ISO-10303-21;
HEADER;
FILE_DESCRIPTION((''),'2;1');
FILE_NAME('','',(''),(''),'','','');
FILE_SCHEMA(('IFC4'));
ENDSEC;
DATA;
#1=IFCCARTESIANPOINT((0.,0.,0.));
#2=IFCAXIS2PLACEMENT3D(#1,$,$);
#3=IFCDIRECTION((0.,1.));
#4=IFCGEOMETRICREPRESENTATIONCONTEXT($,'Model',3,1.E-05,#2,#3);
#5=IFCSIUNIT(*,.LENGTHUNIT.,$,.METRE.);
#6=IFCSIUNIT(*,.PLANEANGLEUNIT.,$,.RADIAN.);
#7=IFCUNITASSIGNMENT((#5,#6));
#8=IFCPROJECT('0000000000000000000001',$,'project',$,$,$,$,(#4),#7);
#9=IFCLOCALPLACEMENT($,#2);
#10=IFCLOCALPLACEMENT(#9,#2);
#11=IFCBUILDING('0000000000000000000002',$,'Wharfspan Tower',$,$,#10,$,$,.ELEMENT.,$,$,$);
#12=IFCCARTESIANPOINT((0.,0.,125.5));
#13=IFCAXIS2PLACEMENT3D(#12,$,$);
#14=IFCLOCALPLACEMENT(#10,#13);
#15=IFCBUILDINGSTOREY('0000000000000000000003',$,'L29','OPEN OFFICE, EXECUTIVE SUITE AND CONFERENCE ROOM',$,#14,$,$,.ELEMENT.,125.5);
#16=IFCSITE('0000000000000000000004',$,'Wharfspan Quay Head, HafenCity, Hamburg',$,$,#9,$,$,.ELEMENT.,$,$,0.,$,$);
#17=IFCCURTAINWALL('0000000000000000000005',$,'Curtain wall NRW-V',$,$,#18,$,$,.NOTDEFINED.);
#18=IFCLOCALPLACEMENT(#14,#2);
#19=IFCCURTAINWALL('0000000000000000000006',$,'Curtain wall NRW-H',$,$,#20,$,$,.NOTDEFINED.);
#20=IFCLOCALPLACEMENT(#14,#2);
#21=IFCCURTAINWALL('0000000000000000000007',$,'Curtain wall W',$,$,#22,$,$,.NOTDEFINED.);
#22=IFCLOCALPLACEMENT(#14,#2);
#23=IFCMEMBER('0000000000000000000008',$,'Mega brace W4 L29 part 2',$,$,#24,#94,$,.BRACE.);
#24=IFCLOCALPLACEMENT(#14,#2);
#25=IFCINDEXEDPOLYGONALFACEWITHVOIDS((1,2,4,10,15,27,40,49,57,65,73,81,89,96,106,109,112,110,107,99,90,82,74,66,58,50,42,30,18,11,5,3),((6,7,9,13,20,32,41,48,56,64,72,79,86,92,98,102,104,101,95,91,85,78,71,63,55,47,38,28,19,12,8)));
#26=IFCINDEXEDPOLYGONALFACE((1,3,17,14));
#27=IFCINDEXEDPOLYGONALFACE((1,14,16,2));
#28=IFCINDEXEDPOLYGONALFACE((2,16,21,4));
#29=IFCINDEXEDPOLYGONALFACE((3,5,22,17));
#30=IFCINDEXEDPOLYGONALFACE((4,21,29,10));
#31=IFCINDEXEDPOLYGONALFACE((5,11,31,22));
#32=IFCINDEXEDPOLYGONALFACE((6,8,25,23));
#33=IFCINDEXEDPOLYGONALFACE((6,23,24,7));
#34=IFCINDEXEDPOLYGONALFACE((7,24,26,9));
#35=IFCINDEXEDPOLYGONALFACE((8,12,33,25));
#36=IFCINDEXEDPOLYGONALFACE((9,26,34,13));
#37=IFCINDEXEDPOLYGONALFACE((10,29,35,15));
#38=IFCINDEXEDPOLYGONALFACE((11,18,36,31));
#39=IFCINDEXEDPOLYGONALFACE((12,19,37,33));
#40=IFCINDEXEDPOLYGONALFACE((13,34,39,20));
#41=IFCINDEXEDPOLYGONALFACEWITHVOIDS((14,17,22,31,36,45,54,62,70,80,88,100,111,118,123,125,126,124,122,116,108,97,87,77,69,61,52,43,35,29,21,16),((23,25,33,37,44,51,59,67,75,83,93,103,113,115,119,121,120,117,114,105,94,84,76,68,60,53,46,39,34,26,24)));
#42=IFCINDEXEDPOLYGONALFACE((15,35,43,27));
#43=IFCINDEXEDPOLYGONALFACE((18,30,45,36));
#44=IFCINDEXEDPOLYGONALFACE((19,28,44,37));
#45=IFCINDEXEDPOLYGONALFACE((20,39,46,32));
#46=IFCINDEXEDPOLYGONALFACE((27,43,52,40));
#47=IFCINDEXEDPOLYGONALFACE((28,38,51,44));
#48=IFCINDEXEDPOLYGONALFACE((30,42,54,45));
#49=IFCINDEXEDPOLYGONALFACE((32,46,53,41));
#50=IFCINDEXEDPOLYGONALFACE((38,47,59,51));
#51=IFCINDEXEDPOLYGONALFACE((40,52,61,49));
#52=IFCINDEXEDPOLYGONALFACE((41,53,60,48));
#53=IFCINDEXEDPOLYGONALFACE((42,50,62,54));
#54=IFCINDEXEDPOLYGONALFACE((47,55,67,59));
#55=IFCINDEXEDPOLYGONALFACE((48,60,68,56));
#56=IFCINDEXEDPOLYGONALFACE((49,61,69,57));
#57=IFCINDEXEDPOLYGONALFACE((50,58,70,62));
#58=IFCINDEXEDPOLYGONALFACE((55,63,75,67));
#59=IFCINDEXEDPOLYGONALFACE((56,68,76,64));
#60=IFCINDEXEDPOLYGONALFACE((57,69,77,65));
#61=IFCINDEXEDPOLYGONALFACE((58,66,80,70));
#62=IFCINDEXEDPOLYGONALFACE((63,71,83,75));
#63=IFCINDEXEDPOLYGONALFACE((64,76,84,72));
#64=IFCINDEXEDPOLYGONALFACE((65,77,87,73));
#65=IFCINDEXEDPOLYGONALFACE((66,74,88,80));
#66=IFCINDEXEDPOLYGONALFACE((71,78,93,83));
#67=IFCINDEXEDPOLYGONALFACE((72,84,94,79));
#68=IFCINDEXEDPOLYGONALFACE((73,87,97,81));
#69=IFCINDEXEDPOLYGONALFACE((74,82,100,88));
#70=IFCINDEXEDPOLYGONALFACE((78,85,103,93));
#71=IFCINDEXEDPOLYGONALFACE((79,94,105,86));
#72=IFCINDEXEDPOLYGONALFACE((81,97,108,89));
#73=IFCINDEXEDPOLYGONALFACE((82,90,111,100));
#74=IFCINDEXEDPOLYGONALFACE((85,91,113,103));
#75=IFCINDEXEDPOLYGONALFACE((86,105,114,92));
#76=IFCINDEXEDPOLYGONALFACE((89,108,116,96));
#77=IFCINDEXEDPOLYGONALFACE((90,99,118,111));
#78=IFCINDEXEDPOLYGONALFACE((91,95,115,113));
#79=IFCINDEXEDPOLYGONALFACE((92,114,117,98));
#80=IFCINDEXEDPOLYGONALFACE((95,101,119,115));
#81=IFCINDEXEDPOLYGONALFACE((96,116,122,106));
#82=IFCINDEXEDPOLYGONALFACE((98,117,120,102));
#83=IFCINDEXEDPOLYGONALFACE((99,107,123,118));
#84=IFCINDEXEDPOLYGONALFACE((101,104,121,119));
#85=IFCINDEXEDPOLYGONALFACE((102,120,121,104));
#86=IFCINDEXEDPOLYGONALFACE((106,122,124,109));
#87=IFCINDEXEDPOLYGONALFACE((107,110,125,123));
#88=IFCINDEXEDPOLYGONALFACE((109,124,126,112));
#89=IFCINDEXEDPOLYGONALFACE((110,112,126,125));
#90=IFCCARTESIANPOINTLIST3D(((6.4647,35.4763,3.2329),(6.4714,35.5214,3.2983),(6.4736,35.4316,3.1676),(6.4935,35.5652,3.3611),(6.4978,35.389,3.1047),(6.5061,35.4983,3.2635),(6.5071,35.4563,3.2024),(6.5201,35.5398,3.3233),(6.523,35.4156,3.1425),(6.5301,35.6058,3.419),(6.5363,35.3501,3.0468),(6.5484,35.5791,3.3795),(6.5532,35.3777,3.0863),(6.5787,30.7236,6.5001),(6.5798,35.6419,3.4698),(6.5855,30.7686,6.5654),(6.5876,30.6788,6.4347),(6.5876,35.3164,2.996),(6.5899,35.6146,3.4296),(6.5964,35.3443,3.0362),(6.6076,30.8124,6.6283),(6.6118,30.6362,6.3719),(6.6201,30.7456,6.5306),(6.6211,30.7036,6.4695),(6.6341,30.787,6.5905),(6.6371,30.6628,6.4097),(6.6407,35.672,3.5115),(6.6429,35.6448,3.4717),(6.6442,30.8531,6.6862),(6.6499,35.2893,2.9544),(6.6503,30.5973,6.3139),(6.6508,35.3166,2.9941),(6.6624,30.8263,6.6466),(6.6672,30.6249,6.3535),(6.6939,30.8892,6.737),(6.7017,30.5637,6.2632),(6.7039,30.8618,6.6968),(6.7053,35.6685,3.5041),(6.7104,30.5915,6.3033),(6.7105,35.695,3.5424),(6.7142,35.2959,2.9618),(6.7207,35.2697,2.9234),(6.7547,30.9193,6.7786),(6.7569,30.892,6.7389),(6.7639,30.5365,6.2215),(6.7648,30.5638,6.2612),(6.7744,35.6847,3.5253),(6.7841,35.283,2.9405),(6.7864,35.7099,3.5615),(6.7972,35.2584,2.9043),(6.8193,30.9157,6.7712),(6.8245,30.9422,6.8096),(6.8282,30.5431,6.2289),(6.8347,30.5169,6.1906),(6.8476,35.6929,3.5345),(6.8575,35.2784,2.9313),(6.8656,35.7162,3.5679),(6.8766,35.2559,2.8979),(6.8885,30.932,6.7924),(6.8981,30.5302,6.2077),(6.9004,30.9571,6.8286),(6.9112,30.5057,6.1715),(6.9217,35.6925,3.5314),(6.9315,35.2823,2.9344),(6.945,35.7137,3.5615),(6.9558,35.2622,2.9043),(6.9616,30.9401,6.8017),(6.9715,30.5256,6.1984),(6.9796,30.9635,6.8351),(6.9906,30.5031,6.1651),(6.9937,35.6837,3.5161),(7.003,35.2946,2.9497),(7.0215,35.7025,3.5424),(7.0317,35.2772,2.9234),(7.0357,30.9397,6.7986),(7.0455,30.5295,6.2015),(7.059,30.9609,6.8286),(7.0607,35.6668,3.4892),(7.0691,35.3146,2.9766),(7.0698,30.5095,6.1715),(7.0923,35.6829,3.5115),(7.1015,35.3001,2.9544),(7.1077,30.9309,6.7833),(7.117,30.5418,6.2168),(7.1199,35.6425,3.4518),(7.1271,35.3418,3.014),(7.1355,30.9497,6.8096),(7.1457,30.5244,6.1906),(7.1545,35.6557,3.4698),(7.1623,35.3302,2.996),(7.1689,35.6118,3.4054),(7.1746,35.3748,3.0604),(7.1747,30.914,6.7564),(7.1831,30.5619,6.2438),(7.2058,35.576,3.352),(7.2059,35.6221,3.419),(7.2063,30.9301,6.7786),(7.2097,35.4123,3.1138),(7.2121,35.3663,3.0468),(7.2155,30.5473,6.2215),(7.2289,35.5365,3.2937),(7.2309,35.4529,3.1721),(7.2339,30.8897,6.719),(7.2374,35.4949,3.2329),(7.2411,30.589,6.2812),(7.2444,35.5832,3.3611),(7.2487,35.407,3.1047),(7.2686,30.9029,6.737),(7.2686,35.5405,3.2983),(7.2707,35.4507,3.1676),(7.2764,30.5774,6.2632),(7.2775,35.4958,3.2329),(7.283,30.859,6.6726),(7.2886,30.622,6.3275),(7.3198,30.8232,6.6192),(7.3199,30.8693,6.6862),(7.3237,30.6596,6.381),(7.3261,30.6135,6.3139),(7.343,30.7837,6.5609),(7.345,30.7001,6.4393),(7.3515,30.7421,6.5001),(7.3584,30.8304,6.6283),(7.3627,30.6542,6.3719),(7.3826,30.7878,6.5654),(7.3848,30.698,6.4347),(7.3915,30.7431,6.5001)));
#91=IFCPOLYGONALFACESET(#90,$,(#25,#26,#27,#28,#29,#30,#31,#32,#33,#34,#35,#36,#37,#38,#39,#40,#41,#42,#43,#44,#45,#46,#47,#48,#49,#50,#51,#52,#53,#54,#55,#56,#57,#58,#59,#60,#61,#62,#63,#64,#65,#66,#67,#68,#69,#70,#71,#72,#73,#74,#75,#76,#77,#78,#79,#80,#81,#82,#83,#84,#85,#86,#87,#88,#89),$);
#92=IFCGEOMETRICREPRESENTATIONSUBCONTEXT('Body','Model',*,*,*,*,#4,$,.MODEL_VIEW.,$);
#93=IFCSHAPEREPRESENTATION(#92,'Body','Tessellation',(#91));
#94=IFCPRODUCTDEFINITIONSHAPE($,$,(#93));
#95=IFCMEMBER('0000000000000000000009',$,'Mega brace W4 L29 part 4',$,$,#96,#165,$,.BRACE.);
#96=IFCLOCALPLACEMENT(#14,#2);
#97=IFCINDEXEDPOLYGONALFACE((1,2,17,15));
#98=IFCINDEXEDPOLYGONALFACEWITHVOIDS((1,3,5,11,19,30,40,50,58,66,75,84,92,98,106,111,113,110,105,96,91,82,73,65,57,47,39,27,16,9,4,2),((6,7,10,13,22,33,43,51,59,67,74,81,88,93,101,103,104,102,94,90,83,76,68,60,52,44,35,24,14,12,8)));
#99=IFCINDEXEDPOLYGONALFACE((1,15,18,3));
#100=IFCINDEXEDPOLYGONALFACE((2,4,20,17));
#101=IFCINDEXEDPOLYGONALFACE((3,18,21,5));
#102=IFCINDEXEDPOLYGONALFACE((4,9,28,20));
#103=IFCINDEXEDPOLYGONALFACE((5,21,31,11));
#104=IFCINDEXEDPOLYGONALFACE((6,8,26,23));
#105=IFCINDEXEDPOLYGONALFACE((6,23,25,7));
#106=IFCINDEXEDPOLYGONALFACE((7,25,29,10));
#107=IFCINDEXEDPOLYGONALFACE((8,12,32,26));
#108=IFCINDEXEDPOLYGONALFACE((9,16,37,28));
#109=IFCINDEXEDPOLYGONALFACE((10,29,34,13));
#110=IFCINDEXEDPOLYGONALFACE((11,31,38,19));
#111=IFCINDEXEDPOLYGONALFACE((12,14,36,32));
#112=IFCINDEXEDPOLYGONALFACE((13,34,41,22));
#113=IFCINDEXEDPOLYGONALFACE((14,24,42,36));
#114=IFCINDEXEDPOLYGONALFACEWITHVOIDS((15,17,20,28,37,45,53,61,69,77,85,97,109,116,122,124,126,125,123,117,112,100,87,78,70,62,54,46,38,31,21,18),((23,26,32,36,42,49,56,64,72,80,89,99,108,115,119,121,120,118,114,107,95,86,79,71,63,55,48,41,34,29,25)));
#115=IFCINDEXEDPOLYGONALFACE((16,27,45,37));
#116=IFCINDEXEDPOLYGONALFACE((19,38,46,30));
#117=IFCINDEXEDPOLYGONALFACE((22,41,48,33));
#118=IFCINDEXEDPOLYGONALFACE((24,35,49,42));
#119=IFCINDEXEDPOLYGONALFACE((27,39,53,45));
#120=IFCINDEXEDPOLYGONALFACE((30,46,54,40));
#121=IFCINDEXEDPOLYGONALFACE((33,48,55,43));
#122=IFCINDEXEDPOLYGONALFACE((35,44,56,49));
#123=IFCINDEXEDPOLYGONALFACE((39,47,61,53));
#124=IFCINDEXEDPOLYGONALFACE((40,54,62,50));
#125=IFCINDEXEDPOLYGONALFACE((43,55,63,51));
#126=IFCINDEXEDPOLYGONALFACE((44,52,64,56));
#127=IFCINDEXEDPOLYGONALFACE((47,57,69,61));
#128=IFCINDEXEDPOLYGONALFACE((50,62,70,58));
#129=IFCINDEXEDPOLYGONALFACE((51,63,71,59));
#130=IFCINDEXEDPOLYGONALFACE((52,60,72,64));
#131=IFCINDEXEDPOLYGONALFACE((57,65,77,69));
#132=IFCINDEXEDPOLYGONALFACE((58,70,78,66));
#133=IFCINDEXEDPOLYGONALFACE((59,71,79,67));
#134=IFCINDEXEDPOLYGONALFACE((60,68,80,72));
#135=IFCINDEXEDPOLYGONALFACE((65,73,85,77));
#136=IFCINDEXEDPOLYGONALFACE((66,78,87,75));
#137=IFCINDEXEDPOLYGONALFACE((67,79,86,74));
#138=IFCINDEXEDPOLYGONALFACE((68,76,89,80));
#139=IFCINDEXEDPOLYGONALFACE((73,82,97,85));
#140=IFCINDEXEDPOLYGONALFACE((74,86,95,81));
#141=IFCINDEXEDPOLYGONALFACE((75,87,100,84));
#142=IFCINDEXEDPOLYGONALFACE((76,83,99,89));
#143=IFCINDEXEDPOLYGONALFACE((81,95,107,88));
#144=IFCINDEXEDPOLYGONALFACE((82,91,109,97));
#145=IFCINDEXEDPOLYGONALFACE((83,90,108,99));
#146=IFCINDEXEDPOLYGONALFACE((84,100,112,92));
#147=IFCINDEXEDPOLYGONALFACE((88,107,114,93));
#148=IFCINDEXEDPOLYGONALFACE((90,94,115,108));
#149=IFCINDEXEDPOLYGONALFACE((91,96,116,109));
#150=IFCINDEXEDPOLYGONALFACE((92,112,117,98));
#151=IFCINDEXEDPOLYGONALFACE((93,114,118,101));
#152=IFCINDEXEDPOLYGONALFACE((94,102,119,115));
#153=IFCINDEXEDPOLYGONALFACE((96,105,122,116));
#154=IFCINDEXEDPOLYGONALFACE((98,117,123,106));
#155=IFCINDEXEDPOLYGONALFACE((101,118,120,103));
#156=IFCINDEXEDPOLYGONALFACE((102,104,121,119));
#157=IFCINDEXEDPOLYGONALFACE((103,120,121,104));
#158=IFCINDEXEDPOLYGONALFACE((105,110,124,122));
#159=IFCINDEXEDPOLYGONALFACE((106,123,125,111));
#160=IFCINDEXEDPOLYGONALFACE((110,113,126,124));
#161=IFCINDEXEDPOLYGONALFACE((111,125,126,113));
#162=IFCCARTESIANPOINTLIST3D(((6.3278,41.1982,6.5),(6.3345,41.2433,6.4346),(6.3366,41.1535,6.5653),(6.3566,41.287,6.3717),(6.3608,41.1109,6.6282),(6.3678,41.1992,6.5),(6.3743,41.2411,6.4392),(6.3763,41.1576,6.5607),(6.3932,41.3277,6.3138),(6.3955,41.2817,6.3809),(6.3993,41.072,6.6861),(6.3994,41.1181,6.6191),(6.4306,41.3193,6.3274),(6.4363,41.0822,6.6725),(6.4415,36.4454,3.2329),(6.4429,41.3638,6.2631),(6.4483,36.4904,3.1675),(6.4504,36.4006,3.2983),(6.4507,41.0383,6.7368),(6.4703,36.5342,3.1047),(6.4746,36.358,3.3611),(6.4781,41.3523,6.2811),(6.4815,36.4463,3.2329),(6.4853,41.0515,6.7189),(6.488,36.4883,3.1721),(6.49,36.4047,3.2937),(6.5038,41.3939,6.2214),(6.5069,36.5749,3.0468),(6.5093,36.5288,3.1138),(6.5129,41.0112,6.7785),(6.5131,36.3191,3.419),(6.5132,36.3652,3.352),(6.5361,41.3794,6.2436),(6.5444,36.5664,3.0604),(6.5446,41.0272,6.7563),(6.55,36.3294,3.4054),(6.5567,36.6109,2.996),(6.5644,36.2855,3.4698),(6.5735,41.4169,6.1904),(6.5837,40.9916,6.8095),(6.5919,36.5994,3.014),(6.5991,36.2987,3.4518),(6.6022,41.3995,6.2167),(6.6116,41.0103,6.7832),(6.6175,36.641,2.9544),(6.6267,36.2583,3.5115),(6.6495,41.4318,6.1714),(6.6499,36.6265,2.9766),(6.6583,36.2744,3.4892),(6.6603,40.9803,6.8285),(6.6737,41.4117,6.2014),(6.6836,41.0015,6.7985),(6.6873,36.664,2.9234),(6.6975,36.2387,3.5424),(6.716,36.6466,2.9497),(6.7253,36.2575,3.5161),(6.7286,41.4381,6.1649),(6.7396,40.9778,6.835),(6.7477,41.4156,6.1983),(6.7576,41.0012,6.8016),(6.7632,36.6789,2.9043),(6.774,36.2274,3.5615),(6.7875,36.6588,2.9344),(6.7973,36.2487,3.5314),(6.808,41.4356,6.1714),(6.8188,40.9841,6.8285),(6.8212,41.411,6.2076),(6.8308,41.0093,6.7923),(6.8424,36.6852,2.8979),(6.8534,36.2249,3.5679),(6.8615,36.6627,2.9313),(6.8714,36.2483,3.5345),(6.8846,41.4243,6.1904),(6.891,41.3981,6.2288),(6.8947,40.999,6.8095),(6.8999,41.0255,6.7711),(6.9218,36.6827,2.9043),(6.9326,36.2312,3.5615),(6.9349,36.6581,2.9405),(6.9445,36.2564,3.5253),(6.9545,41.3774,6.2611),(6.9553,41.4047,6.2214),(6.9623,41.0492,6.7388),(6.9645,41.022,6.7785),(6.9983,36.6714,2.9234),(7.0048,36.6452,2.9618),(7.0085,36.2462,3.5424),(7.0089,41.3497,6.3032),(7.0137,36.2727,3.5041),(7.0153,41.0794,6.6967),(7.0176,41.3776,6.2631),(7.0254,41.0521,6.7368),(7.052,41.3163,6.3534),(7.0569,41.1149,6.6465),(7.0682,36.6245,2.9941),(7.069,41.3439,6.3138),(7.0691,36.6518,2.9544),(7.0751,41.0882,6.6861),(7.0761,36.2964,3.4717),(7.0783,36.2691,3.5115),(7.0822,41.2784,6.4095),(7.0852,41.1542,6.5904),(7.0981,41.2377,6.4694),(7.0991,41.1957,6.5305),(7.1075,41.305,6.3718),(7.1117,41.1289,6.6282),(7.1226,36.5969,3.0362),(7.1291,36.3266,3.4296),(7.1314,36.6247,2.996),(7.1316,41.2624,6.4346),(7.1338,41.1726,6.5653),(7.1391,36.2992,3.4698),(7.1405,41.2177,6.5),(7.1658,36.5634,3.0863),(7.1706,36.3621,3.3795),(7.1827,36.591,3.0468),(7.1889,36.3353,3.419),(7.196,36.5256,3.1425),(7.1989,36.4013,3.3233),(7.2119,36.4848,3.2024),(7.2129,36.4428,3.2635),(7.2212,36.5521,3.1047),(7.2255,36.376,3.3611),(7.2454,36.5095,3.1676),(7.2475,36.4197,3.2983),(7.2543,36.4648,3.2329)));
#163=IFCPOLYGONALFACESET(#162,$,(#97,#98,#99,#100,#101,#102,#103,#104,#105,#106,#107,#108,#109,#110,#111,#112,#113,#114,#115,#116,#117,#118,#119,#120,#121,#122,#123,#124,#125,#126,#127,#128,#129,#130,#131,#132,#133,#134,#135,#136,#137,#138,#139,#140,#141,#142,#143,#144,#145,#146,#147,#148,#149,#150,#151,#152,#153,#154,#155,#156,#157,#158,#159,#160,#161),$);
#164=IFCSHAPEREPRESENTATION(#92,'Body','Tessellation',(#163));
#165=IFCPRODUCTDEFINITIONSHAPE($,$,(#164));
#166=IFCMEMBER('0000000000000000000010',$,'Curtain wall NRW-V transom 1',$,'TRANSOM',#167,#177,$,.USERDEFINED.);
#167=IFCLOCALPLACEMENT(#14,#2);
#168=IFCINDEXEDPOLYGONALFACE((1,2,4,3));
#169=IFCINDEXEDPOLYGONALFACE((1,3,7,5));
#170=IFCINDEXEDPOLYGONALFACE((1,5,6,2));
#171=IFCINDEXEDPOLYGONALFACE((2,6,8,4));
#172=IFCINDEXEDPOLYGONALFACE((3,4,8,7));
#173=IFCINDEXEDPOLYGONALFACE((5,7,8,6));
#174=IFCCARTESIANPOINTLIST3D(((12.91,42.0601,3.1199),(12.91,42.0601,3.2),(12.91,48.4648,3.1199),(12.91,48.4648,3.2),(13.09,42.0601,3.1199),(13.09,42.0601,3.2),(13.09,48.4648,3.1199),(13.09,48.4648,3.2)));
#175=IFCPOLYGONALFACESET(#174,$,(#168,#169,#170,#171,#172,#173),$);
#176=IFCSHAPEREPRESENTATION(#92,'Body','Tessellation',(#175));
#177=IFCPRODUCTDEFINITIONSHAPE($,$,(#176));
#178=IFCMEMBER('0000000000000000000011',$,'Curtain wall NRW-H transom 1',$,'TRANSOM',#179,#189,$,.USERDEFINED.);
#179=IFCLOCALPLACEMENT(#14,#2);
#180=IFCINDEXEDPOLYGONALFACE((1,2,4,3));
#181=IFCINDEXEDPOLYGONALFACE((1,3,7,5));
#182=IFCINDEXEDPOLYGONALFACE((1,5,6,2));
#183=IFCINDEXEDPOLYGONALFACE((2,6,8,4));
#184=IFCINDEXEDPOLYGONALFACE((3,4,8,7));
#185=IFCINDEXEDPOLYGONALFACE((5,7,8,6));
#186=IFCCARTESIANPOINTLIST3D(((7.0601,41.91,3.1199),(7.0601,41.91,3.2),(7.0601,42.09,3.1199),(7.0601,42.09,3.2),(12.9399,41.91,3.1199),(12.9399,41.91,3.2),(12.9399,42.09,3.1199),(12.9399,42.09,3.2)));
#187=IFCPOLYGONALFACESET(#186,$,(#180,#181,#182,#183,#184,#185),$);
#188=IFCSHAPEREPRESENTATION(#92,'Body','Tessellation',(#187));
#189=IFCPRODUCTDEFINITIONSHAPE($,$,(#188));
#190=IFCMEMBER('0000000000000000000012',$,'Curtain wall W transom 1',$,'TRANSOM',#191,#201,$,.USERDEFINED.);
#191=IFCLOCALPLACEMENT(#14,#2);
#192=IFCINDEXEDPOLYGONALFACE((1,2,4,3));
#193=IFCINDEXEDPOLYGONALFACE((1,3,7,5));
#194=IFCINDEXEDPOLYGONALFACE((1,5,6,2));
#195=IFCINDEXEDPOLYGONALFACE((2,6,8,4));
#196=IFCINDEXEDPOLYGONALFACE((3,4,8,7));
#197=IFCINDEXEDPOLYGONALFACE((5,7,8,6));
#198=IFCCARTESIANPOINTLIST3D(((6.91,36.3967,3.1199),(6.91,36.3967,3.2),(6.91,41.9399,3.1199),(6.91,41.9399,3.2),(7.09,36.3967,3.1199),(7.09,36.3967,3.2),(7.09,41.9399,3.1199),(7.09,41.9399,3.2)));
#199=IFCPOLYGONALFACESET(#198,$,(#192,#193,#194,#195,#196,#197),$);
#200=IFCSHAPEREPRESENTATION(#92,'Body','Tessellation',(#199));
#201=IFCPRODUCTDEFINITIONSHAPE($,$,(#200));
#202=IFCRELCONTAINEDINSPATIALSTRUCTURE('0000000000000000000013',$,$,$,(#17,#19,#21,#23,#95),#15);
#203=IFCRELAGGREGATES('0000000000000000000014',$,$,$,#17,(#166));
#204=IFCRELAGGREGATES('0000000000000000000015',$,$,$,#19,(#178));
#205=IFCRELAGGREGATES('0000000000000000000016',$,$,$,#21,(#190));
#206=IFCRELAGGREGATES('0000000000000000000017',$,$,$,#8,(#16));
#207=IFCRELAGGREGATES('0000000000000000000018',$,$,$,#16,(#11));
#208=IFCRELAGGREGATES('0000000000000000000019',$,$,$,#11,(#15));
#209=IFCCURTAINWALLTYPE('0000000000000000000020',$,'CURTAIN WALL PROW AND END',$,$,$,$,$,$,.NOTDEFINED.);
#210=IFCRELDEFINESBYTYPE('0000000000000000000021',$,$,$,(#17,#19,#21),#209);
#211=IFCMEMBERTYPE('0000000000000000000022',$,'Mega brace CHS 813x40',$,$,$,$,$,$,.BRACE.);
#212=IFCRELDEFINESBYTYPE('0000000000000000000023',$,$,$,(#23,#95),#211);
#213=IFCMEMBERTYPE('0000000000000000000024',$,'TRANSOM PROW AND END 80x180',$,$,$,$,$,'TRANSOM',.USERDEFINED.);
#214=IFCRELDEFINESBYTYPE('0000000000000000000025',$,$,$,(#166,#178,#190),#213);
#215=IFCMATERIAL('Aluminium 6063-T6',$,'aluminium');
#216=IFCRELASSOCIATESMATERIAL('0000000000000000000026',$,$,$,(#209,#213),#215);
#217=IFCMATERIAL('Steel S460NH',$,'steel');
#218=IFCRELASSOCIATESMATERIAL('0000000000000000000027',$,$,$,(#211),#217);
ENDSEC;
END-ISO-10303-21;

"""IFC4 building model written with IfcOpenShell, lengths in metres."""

from ifc_helpers import new_model, si_unit, direction, frame, origin, origin_2d, place, context, subcontext, project, spatial, rectangle, hollow_circle, extrude, material, material_profile, profile_set, type_object, element, aggregate, save


model = new_model("IFC4")

# Units and contexts
model_context = context("Model", 3, precision=1e-05, world=origin(), true_north=direction((0.0, 1.0)))
body_context = subcontext(model_context, "Body", "Model", "MODEL_VIEW")
ifc_project = project(units=[si_unit("LENGTHUNIT", "METRE"), si_unit("PLANEANGLEUNIT", "RADIAN")], contexts=[model_context])

# Site, building, storey
site_placement = place(None, origin())
site = spatial("IfcSite", under=ifc_project, at=site_placement, Name="Wharfspan Quay Head, HafenCity, Hamburg", CompositionType="ELEMENT", RefElevation=0.0)
building_placement = place(site_placement, origin())
building = spatial("IfcBuilding", under=site, at=building_placement, Name="Wharfspan Tower", CompositionType="ELEMENT")
storey_placement = place(building_placement, frame((0.0, 0.0, 125.5)))
storey = spatial("IfcBuildingStorey", under=building, at=storey_placement, Name="L29", Description="OPEN OFFICE, EXECUTIVE SUITE AND CONFERENCE ROOM", CompositionType="ELEMENT", Elevation=125.5)

# Curtain walls
ifc_material_1 = material(Name="Aluminium 6063-T6", Category="aluminium")
curtain_wall_type = type_object("IfcCurtainWallType", Name="CURTAIN WALL PROW AND END", PredefinedType="NOTDEFINED", material=ifc_material_1)
curtain_wall_1_placement = place(storey_placement, origin())
curtain_wall_1 = element("IfcCurtainWall", 1, at=curtain_wall_1_placement, inside=storey, type_object=curtain_wall_type, Name="Curtain wall NRW-V", PredefinedType="NOTDEFINED")
curtain_wall_2_placement = place(storey_placement, origin())
curtain_wall_2 = element("IfcCurtainWall", 2, at=curtain_wall_2_placement, inside=storey, type_object=curtain_wall_type, Name="Curtain wall NRW-H", PredefinedType="NOTDEFINED")
curtain_wall_3_placement = place(storey_placement, origin())
curtain_wall_3 = element("IfcCurtainWall", 3, at=curtain_wall_3_placement, inside=storey, type_object=curtain_wall_type, Name="Curtain wall W", PredefinedType="NOTDEFINED")

# Members
ifc_material_2 = material(Name="Steel S460NH", Category="steel")
ifc_material_profile_1 = material_profile(ifc_material_2, hollow_circle(Radius=0.4065, WallThickness=0.04, at=origin_2d()))
ifc_profile_set_1 = profile_set([ifc_material_profile_1], Name="Steel S460NH")
member_type_1 = type_object("IfcMemberType", Name="Mega brace CHS 813x40", PredefinedType="BRACE", material=ifc_profile_set_1)
for number, where, z_axis, x_axis, name in (
    (4, (6.8711, 35.4861, 3.2329), (0.019765, -0.823912, 0.566373), (0.999715, 0.023981, -0.000002), "Mega brace W4 L29 part 2"),
    (5, (6.8479, 36.4551, 3.2329), (-0.019722, 0.823926, 0.566354), (-0.999713, -0.023927, -0.000004), "Mega brace W4 L29 part 4"),
):
    element("IfcMember", number, at=place(storey_placement, frame(where, z_axis=z_axis, x_axis=x_axis)), inside=storey, type_object=member_type_1, Name=name, PredefinedType="BRACE", context=body_context, shape_type="SweptSolid", body=[
        extrude(hollow_circle(Radius=0.4065, WallThickness=0.04, at=origin_2d()), origin(), (0.0, 0.0, 1.0), 5.7686),
    ])

# Members
ifc_material_profile_2 = material_profile(ifc_material_1, rectangle(XDim=0.1799, YDim=0.0801, at=origin_2d()))
ifc_profile_set_2 = profile_set([ifc_material_profile_2], Name="Aluminium 6063-T6")
member_type_2 = type_object("IfcMemberType", Name="TRANSOM PROW AND END 80x180", ElementType="TRANSOM", PredefinedType="USERDEFINED", material=ifc_profile_set_2)
member_1_placement = place(storey_placement, frame((13.0, 48.4648, 3.1599), z_axis=(0.0, -1.0, 0.0), x_axis=(1.0, 0.0, 0.0)))
member_1 = element("IfcMember", 6, at=member_1_placement, type_object=member_type_2, Name="Curtain wall NRW-V transom 1", ObjectType="TRANSOM", PredefinedType="USERDEFINED", context=body_context, shape_type="SweptSolid", body=[
    extrude(rectangle(XDim=0.1799, YDim=0.0801, at=origin_2d()), origin(), (0.0, 0.0, 1.0), 6.4048),
])
member_2_placement = place(storey_placement, frame((12.9399, 42.0, 3.1599), z_axis=(-1.0, 0.0, 0.0), x_axis=(0.0, -1.0, 0.0)))
member_2 = element("IfcMember", 7, at=member_2_placement, type_object=member_type_2, Name="Curtain wall NRW-H transom 1", ObjectType="TRANSOM", PredefinedType="USERDEFINED", context=body_context, shape_type="SweptSolid", body=[
    extrude(rectangle(XDim=0.1799, YDim=0.0801, at=origin_2d()), origin(), (0.0, 0.0, 1.0), 5.8799),
])
member_3_placement = place(storey_placement, frame((7.0, 41.9399, 3.1599), z_axis=(0.0, -1.0, 0.0), x_axis=(1.0, 0.0, 0.0)))
member_3 = element("IfcMember", 8, at=member_3_placement, type_object=member_type_2, Name="Curtain wall W transom 1", ObjectType="TRANSOM", PredefinedType="USERDEFINED", context=body_context, shape_type="SweptSolid", body=[
    extrude(rectangle(XDim=0.1799, YDim=0.0801, at=origin_2d()), origin(), (0.0, 0.0, 1.0), 5.5432),
])

aggregate(curtain_wall_1, [member_1])
aggregate(curtain_wall_2, [member_2])
aggregate(curtain_wall_3, [member_3])

save(model, "model.ifc")
